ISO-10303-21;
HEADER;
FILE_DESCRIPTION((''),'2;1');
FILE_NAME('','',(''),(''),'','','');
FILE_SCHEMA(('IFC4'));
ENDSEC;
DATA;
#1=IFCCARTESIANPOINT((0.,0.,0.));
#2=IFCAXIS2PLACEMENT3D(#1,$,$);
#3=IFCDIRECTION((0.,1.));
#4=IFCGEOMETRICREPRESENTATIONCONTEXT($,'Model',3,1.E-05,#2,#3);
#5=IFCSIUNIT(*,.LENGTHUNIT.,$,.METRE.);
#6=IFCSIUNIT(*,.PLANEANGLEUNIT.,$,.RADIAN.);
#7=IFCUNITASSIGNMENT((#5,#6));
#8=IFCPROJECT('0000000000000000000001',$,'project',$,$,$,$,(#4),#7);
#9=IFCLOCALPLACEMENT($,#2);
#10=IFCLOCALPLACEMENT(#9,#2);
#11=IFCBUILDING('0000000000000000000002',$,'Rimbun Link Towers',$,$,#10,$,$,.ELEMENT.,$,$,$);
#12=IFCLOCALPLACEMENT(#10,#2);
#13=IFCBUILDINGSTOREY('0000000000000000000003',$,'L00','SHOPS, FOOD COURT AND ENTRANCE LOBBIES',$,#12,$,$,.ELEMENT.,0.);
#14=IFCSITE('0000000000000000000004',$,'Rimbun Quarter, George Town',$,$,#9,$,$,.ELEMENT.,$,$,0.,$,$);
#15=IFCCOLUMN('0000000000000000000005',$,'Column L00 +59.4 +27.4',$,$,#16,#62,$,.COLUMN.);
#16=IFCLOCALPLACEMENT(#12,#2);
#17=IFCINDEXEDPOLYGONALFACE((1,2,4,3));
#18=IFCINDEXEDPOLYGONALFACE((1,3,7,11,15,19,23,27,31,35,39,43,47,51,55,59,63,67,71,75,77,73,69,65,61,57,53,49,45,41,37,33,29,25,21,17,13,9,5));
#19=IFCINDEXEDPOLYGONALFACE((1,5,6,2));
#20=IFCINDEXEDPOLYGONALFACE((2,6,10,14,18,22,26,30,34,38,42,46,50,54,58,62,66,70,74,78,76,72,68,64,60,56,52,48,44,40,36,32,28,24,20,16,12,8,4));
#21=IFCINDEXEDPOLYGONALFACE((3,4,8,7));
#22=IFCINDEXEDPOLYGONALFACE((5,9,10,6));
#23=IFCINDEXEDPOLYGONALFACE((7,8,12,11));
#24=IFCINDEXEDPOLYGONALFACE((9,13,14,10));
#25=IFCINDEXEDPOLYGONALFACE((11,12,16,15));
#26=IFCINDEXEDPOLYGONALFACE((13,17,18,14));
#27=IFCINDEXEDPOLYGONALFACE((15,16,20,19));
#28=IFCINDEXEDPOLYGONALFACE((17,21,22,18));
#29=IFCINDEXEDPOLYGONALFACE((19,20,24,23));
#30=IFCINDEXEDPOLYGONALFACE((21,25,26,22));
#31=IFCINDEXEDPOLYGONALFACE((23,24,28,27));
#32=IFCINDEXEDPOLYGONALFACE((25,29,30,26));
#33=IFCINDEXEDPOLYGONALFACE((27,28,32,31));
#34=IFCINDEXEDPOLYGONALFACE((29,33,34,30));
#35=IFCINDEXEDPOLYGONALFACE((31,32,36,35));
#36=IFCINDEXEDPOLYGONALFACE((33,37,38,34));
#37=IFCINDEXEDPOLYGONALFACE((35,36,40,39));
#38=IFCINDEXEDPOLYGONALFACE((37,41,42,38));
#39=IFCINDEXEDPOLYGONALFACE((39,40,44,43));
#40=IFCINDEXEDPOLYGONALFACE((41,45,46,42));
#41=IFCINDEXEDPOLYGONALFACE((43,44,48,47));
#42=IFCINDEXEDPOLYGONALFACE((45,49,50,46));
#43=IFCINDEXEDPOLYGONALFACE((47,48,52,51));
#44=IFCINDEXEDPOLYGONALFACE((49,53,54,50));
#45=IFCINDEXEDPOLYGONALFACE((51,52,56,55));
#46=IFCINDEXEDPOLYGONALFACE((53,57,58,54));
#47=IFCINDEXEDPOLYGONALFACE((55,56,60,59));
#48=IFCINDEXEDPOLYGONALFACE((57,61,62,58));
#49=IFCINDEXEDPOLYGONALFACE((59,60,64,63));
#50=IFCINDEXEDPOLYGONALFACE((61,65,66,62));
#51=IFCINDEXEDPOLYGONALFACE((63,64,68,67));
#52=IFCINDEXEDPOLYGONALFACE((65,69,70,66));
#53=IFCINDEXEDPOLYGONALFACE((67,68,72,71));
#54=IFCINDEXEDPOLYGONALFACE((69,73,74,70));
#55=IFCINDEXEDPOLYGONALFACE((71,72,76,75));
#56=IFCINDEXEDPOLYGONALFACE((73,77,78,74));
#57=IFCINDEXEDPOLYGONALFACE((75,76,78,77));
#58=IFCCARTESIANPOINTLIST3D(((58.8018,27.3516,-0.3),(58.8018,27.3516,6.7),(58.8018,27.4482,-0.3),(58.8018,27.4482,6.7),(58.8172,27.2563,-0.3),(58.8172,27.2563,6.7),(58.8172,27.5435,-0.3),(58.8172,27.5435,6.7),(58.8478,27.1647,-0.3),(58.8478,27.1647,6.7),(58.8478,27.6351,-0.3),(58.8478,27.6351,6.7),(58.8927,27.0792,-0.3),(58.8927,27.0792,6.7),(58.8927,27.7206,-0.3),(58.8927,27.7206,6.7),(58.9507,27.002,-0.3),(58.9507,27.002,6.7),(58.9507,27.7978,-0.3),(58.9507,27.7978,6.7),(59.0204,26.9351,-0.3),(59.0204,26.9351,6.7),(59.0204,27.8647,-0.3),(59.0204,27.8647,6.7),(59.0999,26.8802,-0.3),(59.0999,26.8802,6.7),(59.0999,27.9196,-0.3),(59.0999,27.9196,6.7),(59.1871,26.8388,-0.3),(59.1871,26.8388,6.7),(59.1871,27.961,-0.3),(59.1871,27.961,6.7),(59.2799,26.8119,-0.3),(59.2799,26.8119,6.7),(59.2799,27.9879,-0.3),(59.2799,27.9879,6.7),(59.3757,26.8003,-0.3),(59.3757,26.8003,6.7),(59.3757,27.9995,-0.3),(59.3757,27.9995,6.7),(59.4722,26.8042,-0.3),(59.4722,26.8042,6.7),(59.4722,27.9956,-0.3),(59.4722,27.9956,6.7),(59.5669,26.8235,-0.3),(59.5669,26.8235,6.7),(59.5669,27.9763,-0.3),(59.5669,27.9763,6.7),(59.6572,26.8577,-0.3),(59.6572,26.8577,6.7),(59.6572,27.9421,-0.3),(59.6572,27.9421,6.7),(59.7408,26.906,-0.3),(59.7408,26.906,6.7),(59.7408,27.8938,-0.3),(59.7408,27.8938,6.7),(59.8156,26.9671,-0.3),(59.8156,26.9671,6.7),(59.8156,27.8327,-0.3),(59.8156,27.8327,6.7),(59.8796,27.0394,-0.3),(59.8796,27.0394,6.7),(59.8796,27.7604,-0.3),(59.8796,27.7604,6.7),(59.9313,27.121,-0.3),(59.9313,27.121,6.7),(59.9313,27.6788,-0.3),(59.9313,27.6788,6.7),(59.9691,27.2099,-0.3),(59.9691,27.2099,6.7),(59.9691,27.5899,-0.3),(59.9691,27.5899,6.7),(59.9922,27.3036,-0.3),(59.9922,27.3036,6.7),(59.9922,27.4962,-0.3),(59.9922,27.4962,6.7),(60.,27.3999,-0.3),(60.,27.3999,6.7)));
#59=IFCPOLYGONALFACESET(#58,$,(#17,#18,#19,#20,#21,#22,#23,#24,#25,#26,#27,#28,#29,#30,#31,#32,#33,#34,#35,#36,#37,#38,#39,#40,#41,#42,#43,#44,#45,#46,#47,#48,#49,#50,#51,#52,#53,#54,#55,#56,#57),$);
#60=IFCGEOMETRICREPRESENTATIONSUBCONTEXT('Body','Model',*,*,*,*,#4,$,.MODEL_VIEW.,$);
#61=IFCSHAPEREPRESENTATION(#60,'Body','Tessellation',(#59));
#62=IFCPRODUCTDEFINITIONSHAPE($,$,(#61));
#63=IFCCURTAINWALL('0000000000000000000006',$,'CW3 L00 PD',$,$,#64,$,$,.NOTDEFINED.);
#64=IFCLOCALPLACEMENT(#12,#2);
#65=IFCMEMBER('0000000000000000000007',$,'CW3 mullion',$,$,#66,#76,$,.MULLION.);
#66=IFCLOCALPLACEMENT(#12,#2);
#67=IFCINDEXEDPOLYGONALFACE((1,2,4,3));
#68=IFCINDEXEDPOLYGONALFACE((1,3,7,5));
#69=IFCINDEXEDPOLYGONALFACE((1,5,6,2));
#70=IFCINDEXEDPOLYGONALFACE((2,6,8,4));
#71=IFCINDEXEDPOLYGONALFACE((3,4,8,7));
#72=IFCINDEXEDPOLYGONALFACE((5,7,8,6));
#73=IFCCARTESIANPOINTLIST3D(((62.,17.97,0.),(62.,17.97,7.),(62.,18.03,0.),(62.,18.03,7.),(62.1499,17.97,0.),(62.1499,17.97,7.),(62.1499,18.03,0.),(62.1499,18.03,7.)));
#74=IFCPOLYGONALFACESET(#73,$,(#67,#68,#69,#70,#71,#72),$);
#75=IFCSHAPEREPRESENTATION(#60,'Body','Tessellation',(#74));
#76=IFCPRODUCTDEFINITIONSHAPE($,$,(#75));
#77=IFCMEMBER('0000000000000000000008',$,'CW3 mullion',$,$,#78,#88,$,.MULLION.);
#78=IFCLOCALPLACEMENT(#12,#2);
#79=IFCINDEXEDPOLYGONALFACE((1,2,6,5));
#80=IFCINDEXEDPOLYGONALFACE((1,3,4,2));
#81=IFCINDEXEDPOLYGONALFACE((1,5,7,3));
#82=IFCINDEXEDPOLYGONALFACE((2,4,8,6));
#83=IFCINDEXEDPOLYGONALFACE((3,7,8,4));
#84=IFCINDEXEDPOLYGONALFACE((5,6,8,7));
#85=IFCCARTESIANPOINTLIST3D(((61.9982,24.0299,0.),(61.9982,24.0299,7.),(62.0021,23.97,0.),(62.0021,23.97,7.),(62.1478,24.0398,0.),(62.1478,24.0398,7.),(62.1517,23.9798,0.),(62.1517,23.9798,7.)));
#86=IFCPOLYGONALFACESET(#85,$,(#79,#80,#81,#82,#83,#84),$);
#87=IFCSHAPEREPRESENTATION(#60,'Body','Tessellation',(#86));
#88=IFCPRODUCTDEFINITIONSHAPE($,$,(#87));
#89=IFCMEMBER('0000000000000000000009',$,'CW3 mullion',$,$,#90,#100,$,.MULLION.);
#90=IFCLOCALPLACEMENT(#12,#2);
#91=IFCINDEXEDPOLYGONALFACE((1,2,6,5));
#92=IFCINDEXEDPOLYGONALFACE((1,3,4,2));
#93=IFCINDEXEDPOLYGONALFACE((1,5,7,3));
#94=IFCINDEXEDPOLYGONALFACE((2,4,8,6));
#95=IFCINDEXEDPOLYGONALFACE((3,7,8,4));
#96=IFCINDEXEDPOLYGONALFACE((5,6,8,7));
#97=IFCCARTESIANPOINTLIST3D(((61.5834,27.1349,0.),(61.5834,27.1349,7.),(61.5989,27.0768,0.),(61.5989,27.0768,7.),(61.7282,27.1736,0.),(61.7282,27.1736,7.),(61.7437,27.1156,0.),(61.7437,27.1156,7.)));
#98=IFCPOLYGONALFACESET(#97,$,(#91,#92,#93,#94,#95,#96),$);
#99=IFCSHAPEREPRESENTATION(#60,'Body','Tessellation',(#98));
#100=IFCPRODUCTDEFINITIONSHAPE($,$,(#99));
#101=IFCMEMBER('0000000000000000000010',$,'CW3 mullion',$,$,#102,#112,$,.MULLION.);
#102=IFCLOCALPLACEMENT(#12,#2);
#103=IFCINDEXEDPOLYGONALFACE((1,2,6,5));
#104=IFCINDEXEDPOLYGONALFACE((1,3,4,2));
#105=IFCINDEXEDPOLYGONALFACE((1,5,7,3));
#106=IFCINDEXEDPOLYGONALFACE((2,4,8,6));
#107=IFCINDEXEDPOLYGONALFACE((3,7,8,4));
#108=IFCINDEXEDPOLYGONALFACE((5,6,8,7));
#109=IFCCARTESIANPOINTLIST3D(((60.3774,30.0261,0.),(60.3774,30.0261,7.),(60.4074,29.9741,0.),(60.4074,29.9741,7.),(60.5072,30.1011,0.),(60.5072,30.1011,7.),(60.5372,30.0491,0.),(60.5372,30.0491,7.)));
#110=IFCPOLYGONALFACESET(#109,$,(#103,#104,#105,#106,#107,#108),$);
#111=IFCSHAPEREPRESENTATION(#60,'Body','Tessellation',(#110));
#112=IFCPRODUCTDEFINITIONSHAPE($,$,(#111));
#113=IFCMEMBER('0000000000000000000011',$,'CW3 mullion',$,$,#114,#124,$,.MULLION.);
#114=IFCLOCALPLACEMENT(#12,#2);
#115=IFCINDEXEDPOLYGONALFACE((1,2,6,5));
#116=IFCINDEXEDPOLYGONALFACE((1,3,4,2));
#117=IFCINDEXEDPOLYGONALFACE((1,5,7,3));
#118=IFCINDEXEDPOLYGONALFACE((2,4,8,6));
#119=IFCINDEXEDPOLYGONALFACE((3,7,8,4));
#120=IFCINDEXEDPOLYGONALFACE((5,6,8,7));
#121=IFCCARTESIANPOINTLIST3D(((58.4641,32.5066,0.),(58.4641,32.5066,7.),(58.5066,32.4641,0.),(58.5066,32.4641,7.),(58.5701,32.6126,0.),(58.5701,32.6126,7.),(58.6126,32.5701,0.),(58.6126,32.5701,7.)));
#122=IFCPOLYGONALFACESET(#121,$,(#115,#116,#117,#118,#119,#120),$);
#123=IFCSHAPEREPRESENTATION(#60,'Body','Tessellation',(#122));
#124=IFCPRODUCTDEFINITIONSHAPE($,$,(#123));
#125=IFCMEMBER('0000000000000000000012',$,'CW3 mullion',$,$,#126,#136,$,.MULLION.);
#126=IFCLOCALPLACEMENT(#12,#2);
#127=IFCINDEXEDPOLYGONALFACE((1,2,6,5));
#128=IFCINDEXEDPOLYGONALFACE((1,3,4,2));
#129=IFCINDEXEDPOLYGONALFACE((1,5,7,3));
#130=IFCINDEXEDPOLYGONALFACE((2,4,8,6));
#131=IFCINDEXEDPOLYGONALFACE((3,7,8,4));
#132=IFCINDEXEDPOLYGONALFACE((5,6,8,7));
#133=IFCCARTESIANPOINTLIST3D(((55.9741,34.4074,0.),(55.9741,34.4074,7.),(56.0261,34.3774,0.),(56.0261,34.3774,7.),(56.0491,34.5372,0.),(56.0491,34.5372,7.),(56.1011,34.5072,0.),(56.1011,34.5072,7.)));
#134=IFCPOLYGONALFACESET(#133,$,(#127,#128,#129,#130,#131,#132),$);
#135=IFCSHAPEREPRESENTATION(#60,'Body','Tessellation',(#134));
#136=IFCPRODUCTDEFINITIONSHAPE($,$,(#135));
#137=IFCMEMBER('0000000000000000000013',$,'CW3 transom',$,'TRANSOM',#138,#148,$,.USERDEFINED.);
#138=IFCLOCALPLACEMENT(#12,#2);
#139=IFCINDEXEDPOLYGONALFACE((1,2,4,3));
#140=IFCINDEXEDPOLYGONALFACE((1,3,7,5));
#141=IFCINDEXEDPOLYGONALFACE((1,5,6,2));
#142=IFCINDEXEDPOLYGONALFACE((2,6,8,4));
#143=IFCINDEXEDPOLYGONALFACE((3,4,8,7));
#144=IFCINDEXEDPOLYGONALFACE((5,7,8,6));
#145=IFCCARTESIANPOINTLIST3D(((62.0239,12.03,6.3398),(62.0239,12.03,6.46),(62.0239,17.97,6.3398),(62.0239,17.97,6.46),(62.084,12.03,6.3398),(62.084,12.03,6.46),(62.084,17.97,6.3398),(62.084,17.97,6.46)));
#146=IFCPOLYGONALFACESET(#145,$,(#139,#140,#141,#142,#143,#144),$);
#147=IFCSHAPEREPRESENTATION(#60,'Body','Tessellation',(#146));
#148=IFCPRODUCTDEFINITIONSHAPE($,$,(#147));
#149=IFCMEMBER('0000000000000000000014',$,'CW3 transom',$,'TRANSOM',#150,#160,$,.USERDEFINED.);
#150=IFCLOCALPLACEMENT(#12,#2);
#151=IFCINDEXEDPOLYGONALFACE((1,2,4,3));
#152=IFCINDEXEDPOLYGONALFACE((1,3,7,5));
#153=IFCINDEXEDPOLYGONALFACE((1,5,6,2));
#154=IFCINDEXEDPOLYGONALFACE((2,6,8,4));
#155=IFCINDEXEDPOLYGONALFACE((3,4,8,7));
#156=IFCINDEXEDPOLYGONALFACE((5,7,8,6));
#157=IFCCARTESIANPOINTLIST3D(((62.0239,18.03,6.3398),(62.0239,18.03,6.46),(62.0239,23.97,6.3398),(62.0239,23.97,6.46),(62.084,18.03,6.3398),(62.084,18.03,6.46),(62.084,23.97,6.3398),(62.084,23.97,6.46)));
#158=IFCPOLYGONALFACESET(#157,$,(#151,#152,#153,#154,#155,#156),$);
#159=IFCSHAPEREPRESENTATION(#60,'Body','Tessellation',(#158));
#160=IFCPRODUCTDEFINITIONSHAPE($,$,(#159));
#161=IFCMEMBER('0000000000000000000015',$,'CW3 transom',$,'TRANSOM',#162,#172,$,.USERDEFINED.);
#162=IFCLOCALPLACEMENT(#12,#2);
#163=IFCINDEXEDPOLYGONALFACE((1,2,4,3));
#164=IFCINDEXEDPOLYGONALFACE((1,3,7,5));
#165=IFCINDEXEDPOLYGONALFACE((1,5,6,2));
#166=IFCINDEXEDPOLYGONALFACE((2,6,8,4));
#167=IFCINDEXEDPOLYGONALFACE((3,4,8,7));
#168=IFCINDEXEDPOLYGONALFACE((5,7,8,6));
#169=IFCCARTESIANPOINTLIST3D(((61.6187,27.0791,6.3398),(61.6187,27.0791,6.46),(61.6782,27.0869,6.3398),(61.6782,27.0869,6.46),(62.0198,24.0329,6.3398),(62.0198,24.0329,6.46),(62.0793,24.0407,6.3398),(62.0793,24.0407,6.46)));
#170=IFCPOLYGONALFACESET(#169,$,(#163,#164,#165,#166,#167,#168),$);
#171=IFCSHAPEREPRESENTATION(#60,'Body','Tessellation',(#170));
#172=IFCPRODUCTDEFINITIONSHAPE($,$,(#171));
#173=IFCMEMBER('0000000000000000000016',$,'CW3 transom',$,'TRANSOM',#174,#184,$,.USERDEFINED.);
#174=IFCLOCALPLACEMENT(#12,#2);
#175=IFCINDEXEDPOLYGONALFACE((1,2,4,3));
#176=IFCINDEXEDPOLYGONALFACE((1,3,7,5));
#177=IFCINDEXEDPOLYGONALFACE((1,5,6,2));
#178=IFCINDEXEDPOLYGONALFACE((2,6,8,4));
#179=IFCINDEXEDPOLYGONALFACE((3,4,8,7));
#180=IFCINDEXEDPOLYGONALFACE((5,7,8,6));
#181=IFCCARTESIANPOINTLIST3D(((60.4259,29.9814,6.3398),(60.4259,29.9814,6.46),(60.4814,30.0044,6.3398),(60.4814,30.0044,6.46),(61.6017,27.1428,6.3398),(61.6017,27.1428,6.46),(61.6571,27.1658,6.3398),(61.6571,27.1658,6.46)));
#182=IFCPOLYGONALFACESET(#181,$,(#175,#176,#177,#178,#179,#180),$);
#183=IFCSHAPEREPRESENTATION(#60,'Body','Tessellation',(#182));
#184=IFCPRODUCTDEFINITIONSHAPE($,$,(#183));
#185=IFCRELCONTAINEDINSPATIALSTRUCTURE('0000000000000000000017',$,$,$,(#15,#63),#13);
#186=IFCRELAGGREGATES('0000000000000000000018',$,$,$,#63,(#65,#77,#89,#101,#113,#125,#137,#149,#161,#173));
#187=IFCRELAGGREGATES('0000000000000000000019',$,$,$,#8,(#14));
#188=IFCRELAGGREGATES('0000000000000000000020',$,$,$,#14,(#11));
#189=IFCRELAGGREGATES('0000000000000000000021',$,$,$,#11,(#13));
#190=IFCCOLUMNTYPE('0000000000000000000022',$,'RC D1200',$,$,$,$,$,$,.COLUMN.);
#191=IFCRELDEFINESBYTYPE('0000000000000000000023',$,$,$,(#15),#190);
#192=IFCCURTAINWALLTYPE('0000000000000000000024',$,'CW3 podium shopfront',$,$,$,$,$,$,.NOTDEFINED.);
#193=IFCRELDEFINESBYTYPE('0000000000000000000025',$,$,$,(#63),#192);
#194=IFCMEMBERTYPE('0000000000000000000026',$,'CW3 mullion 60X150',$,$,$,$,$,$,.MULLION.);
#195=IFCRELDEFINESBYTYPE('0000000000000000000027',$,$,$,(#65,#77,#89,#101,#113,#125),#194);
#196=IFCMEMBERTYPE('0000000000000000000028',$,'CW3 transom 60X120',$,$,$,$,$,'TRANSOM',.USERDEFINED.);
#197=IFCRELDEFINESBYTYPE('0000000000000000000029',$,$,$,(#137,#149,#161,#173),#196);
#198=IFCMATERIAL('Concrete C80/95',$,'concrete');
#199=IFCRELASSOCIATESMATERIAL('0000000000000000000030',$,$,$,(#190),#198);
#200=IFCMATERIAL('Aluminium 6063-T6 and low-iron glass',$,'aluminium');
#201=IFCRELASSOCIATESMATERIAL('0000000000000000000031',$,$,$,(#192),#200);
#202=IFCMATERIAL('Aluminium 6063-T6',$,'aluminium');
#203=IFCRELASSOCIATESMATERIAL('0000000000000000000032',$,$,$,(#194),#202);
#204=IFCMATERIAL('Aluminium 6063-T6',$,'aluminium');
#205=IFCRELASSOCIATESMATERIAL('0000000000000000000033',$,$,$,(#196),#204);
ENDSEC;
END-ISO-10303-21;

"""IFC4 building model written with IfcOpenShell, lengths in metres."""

from ifc_helpers import new_model, si_unit, direction, frame, origin, origin_2d, place, context, subcontext, project, spatial, rectangle, circle, extrude, material, material_profile, profile_set, type_object, element, aggregate, save


model = new_model("IFC4")

# Units and contexts
model_context = context("Model", 3, precision=1e-05, world=origin(), true_north=direction((0.0, 1.0)))
body_context = subcontext(model_context, "Body", "Model", "MODEL_VIEW")
ifc_project = project(units=[si_unit("LENGTHUNIT", "METRE"), si_unit("PLANEANGLEUNIT", "RADIAN")], contexts=[model_context])

# Site, building, storey
site_placement = place(None, origin())
site = spatial("IfcSite", under=ifc_project, at=site_placement, Name="Rimbun Quarter, George Town", CompositionType="ELEMENT", RefElevation=0.0)
building_placement = place(site_placement, origin())
building = spatial("IfcBuilding", under=site, at=building_placement, Name="Rimbun Link Towers", CompositionType="ELEMENT")
storey_placement = place(building_placement, origin())
storey = spatial("IfcBuildingStorey", under=building, at=storey_placement, Name="L00", Description="SHOPS, FOOD COURT AND ENTRANCE LOBBIES", CompositionType="ELEMENT", Elevation=0.0)

# Column
ifc_material_1 = material(Name="Concrete C80/95", Category="concrete")
ifc_material_profile_1 = material_profile(ifc_material_1, circle(Radius=0.6001, at=origin_2d()), Name="RC D1200")
ifc_profile_set_1 = profile_set([ifc_material_profile_1], Name="Concrete C80/95")
column_type = type_object("IfcColumnType", Name="RC D1200", PredefinedType="COLUMN", material=ifc_profile_set_1)
column_placement = place(storey_placement, frame((59.3999, 27.3999, -0.3), z_axis=(0.0, 0.0, 1.0), x_axis=(1.0, 0.0, 0.0)))
element("IfcColumn", 1, at=column_placement, inside=storey, type_object=column_type, Name="Column L00 +59.4 +27.4", PredefinedType="COLUMN", context=body_context, shape_type="SweptSolid", body=[
    extrude(circle(Radius=0.6001, at=origin_2d()), origin(), (0.0, 0.0, 1.0), 7.0),
])

# Curtain wall, members
ifc_material_2 = material(Name="Aluminium 6063-T6 and low-iron glass", Category="aluminium")
curtain_wall_type = type_object("IfcCurtainWallType", Name="CW3 podium shopfront", PredefinedType="NOTDEFINED", material=ifc_material_2)
curtain_wall_placement = place(storey_placement, origin())
curtain_wall = element("IfcCurtainWall", 2, at=curtain_wall_placement, inside=storey, type_object=curtain_wall_type, Name="CW3 L00 PD", PredefinedType="NOTDEFINED")
ifc_material_3 = material(Name="Aluminium 6063-T6", Category="aluminium")
ifc_material_profile_2 = material_profile(ifc_material_3, rectangle(XDim=0.1499, YDim=0.0601, at=origin_2d()), Name="MULLION 60X150")
ifc_profile_set_2 = profile_set([ifc_material_profile_2], Name="Aluminium 6063-T6")
member_type_1 = type_object("IfcMemberType", Name="CW3 mullion 60X150", PredefinedType="MULLION", material=ifc_profile_set_2)
member_1_placement = place(storey_placement, frame((62.075, 18.0, 0.0), z_axis=(0.0, 0.0, 1.0), x_axis=(1.0, 0.0, 0.0)))
member_1 = element("IfcMember", 3, at=member_1_placement, type_object=member_type_1, Name="CW3 mullion", PredefinedType="MULLION", context=body_context, shape_type="SweptSolid", body=[
    extrude(rectangle(XDim=0.1499, YDim=0.0601, at=origin_2d()), origin(), (0.0, 0.0, 1.0), 7.0),
])
member_2_placement = place(storey_placement, frame((62.075, 24.0049, 0.0), z_axis=(0.0, 0.0, 1.0), x_axis=(0.997859, 0.065405, 0.0)))
member_2 = element("IfcMember", 4, at=member_2_placement, type_object=member_type_1, Name="CW3 mullion", PredefinedType="MULLION", context=body_context, shape_type="SweptSolid", body=[
    extrude(rectangle(XDim=0.1499, YDim=0.0601, at=origin_2d()), origin(), (0.0, 0.0, 1.0), 7.0),
])
member_3_placement = place(storey_placement, frame((61.6636, 27.1252, 0.0), z_axis=(0.0, 0.0, 1.0), x_axis=(0.965926, 0.258819, 0.0)))
member_3 = element("IfcMember", 5, at=member_3_placement, type_object=member_type_1, Name="CW3 mullion", PredefinedType="MULLION", context=body_context, shape_type="SweptSolid", body=[
    extrude(rectangle(XDim=0.1499, YDim=0.0601, at=origin_2d()), origin(), (0.0, 0.0, 1.0), 7.0),
])
member_4_placement = place(storey_placement, frame((60.4573, 30.0376, 0.0), z_axis=(0.0, 0.0, 1.0), x_axis=(0.866029, 0.499994, 0.0)))
member_4 = element("IfcMember", 6, at=member_4_placement, type_object=member_type_1, Name="CW3 mullion", PredefinedType="MULLION", context=body_context, shape_type="SweptSolid", body=[
    extrude(rectangle(XDim=0.1499, YDim=0.0601, at=origin_2d()), origin(), (0.0, 0.0, 1.0), 7.0),
])
member_5_placement = place(storey_placement, frame((58.5383, 32.5383, 0.0), z_axis=(0.0, 0.0, 1.0), x_axis=(0.707107, 0.707107, 0.0)))
member_5 = element("IfcMember", 7, at=member_5_placement, type_object=member_type_1, Name="CW3 mullion", PredefinedType="MULLION", context=body_context, shape_type="SweptSolid", body=[
    extrude(rectangle(XDim=0.1499, YDim=0.0601, at=origin_2d()), origin(), (0.0, 0.0, 1.0), 7.0),
])
member_6_placement = place(storey_placement, frame((56.0376, 34.4573, 0.0), z_axis=(0.0, 0.0, 1.0), x_axis=(0.499994, 0.866029, 0.0)))
member_6 = element("IfcMember", 8, at=member_6_placement, type_object=member_type_1, Name="CW3 mullion", PredefinedType="MULLION", context=body_context, shape_type="SweptSolid", body=[
    extrude(rectangle(XDim=0.1499, YDim=0.0601, at=origin_2d()), origin(), (0.0, 0.0, 1.0), 7.0),
])
ifc_material_4 = material(Name="Aluminium 6063-T6", Category="aluminium")
ifc_material_profile_3 = material_profile(ifc_material_4, rectangle(XDim=0.0601, YDim=0.1201, at=origin_2d()), Name="TRANSOM 60X120")
ifc_profile_set_3 = profile_set([ifc_material_profile_3], Name="Aluminium 6063-T6")
member_type_2 = type_object("IfcMemberType", Name="CW3 transom 60X120", ElementType="TRANSOM", PredefinedType="USERDEFINED", material=ifc_profile_set_3)
member_7_placement = place(storey_placement, frame((62.054, 17.97, 6.3999), z_axis=(0.0, -1.0, 0.0), x_axis=(1.0, 0.0, 0.0)))
member_7 = element("IfcMember", 9, at=member_7_placement, type_object=member_type_2, Name="CW3 transom", ObjectType="TRANSOM", PredefinedType="USERDEFINED", context=body_context, shape_type="SweptSolid", body=[
    extrude(rectangle(XDim=0.0601, YDim=0.1201, at=origin_2d()), origin(), (0.0, 0.0, 1.0), 5.9399),
])
member_8_placement = place(storey_placement, frame((62.054, 23.97, 6.3999), z_axis=(0.0, -1.0, 0.0), x_axis=(1.0, 0.0, 0.0)))
member_8 = element("IfcMember", 10, at=member_8_placement, type_object=member_type_2, Name="CW3 transom", ObjectType="TRANSOM", PredefinedType="USERDEFINED", context=body_context, shape_type="SweptSolid", body=[
    extrude(rectangle(XDim=0.0601, YDim=0.1201, at=origin_2d()), origin(), (0.0, 0.0, 1.0), 5.9399),
])
member_9_placement = place(storey_placement, frame((61.6484, 27.083, 6.3999), z_axis=(0.130555, -0.991441, 0.0), x_axis=(0.991441, 0.130555, 0.0)))
member_9 = element("IfcMember", 11, at=member_9_placement, type_object=member_type_2, Name="CW3 transom", ObjectType="TRANSOM", PredefinedType="USERDEFINED", context=body_context, shape_type="SweptSolid", body=[
    extrude(rectangle(XDim=0.0601, YDim=0.1201, at=origin_2d()), origin(), (0.0, 0.0, 1.0), 3.0725),
])
member_10_placement = place(storey_placement, frame((60.4536, 29.9929, 6.3999), z_axis=(0.382679, -0.923881, 0.0), x_axis=(0.923881, 0.382679, 0.0)))
member_10 = element("IfcMember", 12, at=member_10_placement, type_object=member_type_2, Name="CW3 transom", ObjectType="TRANSOM", PredefinedType="USERDEFINED", context=body_context, shape_type="SweptSolid", body=[
    extrude(rectangle(XDim=0.0601, YDim=0.1201, at=origin_2d()), origin(), (0.0, 0.0, 1.0), 3.0725),
])
aggregate(curtain_wall, [member_1, member_2, member_3, member_4, member_5, member_6, member_7, member_8, member_9, member_10])

save(model, "model.ifc")
